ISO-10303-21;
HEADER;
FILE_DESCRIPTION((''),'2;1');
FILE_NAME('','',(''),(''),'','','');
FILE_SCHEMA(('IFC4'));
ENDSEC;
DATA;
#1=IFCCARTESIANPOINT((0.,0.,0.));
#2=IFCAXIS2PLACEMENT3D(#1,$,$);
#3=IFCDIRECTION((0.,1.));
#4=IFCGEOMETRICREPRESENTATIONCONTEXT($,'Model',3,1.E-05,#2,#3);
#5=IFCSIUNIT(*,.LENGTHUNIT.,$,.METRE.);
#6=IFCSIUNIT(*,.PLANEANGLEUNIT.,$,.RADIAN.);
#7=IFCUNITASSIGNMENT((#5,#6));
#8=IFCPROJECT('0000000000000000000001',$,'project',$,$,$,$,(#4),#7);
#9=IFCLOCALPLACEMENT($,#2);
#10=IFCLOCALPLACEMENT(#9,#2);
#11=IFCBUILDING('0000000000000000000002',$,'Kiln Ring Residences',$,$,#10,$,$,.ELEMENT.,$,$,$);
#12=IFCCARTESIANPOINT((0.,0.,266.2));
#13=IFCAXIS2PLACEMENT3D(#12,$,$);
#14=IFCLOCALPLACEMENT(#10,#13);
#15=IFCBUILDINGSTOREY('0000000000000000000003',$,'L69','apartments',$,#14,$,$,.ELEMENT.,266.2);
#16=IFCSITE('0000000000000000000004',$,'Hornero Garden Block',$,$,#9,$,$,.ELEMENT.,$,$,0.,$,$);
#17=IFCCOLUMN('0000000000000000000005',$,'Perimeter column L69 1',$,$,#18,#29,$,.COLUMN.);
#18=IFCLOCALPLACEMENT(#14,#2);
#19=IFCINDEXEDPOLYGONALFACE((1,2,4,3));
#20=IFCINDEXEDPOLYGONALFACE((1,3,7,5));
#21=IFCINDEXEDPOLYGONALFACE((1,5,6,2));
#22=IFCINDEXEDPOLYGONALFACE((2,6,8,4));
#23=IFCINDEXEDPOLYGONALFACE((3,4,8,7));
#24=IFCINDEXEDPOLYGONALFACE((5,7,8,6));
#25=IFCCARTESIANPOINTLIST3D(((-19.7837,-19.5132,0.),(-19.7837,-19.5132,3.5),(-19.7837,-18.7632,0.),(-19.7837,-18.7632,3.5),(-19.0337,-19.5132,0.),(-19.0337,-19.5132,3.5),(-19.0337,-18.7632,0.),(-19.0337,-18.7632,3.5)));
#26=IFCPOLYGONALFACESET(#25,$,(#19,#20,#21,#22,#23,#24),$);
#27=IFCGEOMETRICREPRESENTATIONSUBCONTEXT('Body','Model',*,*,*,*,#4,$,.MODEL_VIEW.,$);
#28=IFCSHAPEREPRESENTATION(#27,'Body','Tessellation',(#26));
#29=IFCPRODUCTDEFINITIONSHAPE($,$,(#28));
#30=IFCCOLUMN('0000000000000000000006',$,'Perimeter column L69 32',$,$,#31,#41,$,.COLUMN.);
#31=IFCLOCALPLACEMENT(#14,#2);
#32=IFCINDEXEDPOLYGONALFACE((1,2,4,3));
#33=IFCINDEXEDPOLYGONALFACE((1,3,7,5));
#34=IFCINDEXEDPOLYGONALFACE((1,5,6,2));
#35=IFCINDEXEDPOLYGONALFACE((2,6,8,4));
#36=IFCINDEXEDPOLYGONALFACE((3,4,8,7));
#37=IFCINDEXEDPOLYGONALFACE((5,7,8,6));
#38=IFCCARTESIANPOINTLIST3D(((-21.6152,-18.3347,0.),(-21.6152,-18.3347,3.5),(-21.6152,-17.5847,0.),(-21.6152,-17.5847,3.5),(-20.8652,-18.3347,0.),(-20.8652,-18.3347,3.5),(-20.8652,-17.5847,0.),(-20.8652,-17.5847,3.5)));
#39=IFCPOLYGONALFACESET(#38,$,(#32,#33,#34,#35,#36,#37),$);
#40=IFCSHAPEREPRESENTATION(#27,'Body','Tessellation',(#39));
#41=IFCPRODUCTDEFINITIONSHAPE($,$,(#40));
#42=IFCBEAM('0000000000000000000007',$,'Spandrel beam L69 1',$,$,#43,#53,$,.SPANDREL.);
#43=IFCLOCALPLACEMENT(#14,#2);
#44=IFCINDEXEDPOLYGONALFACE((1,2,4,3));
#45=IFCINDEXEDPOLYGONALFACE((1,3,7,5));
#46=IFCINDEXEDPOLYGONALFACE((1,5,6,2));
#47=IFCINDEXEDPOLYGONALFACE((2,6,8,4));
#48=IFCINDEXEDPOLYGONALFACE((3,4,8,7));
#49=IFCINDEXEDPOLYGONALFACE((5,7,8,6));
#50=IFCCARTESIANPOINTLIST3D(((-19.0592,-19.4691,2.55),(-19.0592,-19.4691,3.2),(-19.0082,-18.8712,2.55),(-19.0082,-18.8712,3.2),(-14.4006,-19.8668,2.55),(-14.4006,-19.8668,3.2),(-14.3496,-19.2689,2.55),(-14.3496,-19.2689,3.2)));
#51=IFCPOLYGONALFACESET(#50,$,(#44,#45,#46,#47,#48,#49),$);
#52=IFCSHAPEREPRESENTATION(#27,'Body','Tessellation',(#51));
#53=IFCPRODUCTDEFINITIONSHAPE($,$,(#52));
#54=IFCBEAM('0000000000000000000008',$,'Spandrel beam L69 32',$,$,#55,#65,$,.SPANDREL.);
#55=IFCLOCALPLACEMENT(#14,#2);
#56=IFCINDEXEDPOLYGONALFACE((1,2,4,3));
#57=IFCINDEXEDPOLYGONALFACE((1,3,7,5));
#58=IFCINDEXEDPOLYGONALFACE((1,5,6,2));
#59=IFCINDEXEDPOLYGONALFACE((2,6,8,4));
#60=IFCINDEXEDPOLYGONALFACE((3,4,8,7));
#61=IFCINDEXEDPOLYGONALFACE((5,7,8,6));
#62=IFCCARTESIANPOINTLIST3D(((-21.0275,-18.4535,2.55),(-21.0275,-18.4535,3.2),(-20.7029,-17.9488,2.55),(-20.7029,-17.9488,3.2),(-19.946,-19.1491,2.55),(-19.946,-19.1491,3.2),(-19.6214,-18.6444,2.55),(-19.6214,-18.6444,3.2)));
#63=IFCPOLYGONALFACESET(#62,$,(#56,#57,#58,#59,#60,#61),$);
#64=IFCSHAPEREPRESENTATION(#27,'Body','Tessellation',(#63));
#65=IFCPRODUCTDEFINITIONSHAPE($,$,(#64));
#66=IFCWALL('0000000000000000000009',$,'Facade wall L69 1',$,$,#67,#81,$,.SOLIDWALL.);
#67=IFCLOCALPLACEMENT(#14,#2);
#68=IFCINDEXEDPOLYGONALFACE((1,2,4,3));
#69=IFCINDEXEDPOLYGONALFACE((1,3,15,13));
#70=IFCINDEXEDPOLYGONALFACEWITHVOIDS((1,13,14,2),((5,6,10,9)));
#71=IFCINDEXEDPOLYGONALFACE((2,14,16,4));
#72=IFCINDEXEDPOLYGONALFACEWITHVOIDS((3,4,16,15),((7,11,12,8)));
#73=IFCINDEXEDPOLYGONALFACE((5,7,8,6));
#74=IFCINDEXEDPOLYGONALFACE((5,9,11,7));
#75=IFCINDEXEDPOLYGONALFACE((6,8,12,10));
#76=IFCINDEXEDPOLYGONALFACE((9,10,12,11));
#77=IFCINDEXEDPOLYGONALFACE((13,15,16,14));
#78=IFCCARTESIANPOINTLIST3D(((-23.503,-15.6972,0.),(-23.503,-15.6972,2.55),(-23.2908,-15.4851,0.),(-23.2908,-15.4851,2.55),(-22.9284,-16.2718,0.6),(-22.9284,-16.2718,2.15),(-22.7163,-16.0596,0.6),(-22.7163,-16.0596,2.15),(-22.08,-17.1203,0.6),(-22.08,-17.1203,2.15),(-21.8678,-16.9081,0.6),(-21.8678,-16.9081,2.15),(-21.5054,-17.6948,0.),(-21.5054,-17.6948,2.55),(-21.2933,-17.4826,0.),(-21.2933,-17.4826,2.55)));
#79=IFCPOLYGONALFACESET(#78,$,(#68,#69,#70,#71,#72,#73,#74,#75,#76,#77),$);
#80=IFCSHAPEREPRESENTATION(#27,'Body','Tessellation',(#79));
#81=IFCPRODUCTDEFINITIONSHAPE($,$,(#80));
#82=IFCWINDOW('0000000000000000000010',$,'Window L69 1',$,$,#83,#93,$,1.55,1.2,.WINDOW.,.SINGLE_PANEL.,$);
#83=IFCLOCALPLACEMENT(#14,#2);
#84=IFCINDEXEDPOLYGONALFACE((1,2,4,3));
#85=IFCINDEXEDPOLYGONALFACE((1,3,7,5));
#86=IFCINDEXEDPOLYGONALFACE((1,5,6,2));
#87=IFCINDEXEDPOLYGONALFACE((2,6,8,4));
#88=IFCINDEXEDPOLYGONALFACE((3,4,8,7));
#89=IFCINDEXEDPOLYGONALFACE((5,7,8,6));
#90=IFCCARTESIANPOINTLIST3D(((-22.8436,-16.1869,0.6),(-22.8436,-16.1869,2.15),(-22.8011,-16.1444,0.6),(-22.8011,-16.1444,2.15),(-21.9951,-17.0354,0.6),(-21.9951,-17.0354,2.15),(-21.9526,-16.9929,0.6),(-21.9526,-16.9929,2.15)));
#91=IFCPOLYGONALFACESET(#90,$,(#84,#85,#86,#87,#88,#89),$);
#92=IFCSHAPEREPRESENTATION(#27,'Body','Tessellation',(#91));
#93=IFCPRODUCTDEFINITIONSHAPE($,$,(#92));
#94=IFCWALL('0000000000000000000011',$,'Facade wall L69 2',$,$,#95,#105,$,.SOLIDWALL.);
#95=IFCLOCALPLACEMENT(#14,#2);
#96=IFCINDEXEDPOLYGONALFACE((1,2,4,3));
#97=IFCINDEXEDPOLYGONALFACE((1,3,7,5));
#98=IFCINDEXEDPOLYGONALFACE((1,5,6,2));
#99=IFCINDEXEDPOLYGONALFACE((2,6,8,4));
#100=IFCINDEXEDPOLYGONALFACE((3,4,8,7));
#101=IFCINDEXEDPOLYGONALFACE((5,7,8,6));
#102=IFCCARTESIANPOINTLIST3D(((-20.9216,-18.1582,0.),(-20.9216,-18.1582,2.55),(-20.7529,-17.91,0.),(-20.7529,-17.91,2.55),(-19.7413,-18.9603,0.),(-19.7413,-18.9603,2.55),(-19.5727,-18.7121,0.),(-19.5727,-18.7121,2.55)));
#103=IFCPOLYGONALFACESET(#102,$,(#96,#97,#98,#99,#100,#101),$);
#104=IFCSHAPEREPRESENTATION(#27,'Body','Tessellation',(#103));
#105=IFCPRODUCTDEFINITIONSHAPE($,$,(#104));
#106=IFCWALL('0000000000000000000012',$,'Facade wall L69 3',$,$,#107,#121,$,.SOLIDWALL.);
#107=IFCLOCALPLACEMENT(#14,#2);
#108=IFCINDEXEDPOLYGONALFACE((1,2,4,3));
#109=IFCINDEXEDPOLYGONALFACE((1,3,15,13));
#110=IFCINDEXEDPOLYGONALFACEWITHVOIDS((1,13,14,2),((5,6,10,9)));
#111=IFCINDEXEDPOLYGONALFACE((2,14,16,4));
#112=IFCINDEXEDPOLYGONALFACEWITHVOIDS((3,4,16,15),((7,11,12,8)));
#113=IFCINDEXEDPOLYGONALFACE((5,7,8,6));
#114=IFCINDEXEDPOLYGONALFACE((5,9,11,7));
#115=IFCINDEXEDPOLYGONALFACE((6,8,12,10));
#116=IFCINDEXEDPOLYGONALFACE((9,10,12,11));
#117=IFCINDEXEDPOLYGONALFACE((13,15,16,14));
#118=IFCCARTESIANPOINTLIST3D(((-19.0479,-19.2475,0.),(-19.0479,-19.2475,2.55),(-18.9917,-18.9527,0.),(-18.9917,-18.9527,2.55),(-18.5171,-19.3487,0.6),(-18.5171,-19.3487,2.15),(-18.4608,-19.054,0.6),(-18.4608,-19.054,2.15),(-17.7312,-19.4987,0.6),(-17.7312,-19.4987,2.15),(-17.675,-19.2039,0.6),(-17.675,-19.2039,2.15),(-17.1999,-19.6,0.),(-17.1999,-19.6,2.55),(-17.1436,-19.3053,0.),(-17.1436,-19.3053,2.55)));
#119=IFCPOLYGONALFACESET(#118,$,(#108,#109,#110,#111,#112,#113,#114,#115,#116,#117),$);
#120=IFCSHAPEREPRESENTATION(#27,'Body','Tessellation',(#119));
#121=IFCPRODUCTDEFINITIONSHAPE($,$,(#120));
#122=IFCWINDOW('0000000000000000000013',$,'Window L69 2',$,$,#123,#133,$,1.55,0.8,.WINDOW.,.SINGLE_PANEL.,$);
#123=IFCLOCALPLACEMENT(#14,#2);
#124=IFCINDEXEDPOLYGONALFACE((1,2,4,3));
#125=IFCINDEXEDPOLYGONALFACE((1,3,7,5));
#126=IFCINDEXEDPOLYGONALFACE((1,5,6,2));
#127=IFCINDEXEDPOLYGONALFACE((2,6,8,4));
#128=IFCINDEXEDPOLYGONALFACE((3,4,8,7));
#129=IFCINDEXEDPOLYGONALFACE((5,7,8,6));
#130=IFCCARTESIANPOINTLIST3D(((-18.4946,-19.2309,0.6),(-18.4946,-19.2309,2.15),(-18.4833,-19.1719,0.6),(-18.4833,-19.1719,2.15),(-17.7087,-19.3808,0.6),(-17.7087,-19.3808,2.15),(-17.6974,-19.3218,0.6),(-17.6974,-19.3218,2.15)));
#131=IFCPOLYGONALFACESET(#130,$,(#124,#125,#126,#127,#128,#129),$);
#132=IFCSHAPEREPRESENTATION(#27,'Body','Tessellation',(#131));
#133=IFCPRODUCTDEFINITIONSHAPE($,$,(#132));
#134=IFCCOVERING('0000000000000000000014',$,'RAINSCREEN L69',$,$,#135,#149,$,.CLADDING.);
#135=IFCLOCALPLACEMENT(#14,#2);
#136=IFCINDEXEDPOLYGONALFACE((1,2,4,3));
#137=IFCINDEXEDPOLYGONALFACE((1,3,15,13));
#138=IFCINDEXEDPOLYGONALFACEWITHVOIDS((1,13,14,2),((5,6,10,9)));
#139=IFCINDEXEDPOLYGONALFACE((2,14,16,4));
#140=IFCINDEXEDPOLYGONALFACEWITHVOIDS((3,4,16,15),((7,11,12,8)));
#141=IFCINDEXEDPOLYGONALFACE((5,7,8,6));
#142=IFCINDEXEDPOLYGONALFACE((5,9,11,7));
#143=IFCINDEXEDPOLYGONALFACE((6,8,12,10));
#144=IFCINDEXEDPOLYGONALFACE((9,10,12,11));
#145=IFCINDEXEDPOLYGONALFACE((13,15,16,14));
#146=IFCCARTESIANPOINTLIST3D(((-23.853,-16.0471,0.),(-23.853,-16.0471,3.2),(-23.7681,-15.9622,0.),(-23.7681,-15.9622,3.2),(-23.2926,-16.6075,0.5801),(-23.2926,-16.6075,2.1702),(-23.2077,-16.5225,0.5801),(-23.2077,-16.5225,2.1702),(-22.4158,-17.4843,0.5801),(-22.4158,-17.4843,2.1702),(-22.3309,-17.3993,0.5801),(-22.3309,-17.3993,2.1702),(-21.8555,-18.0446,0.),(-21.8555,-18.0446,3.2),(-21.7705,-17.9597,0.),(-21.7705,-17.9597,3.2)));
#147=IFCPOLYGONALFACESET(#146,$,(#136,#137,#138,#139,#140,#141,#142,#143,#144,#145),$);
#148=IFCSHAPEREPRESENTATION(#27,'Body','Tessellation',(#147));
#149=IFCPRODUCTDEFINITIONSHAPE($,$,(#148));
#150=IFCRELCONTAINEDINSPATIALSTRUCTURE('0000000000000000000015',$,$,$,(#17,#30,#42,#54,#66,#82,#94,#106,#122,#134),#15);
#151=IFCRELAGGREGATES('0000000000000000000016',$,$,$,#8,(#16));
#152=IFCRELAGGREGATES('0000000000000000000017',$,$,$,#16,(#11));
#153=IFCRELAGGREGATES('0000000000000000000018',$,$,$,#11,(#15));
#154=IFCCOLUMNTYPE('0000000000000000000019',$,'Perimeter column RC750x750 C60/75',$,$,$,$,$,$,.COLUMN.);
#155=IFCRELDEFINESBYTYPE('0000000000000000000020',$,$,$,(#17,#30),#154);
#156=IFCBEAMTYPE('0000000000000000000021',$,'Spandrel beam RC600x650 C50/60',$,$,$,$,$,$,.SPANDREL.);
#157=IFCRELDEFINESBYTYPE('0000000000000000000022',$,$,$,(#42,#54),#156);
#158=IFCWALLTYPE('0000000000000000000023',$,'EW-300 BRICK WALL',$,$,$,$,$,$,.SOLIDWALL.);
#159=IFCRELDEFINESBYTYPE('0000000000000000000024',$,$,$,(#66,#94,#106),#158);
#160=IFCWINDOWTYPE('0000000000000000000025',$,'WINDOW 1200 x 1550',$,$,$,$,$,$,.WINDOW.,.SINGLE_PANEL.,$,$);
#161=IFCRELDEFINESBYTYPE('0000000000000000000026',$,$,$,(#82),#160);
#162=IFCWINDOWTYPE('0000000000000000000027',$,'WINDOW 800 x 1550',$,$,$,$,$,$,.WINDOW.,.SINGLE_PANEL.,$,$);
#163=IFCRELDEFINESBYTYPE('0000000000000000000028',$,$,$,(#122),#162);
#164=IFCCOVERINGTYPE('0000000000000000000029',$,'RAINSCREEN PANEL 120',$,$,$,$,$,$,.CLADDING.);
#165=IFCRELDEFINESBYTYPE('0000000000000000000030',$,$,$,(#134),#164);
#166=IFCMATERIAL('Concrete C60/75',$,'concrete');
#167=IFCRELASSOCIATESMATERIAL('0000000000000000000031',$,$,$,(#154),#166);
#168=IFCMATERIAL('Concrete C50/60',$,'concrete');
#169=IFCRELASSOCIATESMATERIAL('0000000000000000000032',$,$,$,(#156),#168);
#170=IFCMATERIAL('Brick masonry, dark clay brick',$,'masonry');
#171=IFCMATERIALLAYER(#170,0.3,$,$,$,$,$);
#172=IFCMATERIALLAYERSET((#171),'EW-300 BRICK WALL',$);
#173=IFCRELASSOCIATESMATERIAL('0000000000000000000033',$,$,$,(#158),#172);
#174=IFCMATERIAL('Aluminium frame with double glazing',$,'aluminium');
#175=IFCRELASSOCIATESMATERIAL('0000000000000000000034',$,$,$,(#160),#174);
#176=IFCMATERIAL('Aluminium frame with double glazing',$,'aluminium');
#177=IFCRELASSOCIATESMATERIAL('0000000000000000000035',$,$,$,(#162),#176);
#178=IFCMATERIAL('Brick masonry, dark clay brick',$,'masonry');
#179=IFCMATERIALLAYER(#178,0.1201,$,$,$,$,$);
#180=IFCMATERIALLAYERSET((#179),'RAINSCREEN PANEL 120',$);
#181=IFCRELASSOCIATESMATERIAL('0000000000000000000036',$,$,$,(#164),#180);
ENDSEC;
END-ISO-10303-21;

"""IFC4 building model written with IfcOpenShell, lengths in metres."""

from ifc_helpers import new_model, si_unit, direction, frame, frame_2d, origin, origin_2d, place, context, subcontext, project, spatial, polyline, rectangle, outline, extrude, material, layer, layer_set, material_profile, profile_set, type_object, element, fill, save


model = new_model("IFC4")

# Units and contexts
model_context = context("Model", 3, precision=1e-05, world=origin(), true_north=direction((0.0, 1.0)))
body_context = subcontext(model_context, "Body", "Model", "MODEL_VIEW")
ifc_project = project(units=[si_unit("LENGTHUNIT", "METRE"), si_unit("PLANEANGLEUNIT", "RADIAN")], contexts=[model_context])

# Site, building, storey
site_placement = place(None, origin())
site = spatial("IfcSite", under=ifc_project, at=site_placement, Name="Hornero Garden Block", CompositionType="ELEMENT", RefElevation=0.0)
building_placement = place(site_placement, origin())
building = spatial("IfcBuilding", under=site, at=building_placement, Name="Kiln Ring Residences", CompositionType="ELEMENT")
storey_placement = place(building_placement, frame((0.0, 0.0, 266.2)))
storey = spatial("IfcBuildingStorey", under=building, at=storey_placement, Name="L69", Description="apartments", CompositionType="ELEMENT", Elevation=266.2)

# Columns
ifc_material_1 = material(Name="Concrete C60/75", Category="concrete")
ifc_material_profile_1 = material_profile(ifc_material_1, rectangle(XDim=0.75, YDim=0.75, at=origin_2d()), Name="RC750x750")
ifc_profile_set_1 = profile_set([ifc_material_profile_1], Name="Concrete C60/75")
column_type = type_object("IfcColumnType", Name="Perimeter column RC750x750 C60/75", PredefinedType="COLUMN", material=ifc_profile_set_1)
for number, where, z_axis, x_axis, name in (
    (1, (-19.4087, -19.1382, 0.0), (0.0, 0.0, 1.0), (1.0, 0.0, 0.0), "Perimeter column L69 1"),
    (2, (-21.2402, -17.9597, 0.0), (0.0, 0.0, 1.0), (1.0, 0.0, 0.0), "Perimeter column L69 32"),
):
    element("IfcColumn", number, at=place(storey_placement, frame(where, z_axis=z_axis, x_axis=x_axis)), inside=storey, type_object=column_type, Name=name, PredefinedType="COLUMN", context=body_context, shape_type="SweptSolid", body=[
        extrude(rectangle(XDim=0.75, YDim=0.75, at=origin_2d()), origin(), (0.0, 0.0, 1.0), 3.5),
    ])

# Beams
ifc_material_2 = material(Name="Concrete C50/60", Category="concrete")
ifc_material_profile_2 = material_profile(ifc_material_2, rectangle(XDim=0.6001, YDim=0.6499, at=origin_2d()), Name="RC600x650")
ifc_profile_set_2 = profile_set([ifc_material_profile_2], Name="Concrete C50/60")
beam_type = type_object("IfcBeamType", Name="Spandrel beam RC600x650 C50/60", PredefinedType="SPANDREL", material=ifc_profile_set_2)
beam_1_placement = place(storey_placement, frame((-19.0337, -19.1702, 2.875), z_axis=(0.996376, -0.085059, 0.0), x_axis=(0.085059, 0.996376, 0.0)))
element("IfcBeam", 3, at=beam_1_placement, inside=storey, type_object=beam_type, Name="Spandrel beam L69 1", PredefinedType="SPANDREL", context=body_context, shape_type="SweptSolid", body=[
    extrude(rectangle(XDim=0.6001, YDim=0.6499, at=origin_2d()), origin(), (0.0, 0.0, 1.0), 4.6755),
])
beam_2_placement = place(storey_placement, frame((-20.8652, -18.2012, 2.875), z_axis=(0.84108, -0.540911, 0.0), x_axis=(0.540911, 0.84108, 0.0)))
element("IfcBeam", 4, at=beam_2_placement, inside=storey, type_object=beam_type, Name="Spandrel beam L69 32", PredefinedType="SPANDREL", context=body_context, shape_type="SweptSolid", body=[
    extrude(rectangle(XDim=0.6001, YDim=0.6499, at=origin_2d()), origin(), (0.0, 0.0, 1.0), 1.2859),
])

# Wall, opening, window
ifc_material_3 = material(Name="Brick masonry, dark clay brick", Category="masonry")
ifc_layer_1 = layer(ifc_material_3, 0.3)
ifc_layer_set_1 = layer_set([ifc_layer_1], Name="EW-300 BRICK WALL")
wall_type = type_object("IfcWallType", Name="EW-300 BRICK WALL", PredefinedType="SOLIDWALL", material=ifc_layer_set_1)
wall_1_placement = place(storey_placement, frame((-23.397, -15.5911, 0.0), z_axis=(0.0, 0.0, 1.0), x_axis=(0.707107, -0.707107, 0.0)))
wall_1 = element("IfcWall", 5, at=wall_1_placement, inside=storey, type_object=wall_type, Name="Facade wall L69 1", PredefinedType="SOLIDWALL", context=body_context, shape_type="SweptSolid", body=[
    extrude(rectangle(XDim=2.825, YDim=0.3, at=frame_2d((1.4126, 0.0))), origin(), (0.0, 0.0, 1.0), 2.55),
])
opening_1_placement = place(wall_1_placement, frame((0.8125, 0.0, 0.6001)))
opening_1 = element("IfcOpeningElement", 6, at=opening_1_placement, cuts=wall_1, PredefinedType="OPENING", context=body_context, shape_type="SweptSolid", body=[
    extrude(rectangle(XDim=1.2, YDim=1.55, at=frame_2d((0.6001, 0.7749))), frame((0.0, 0.1599, 0.0), z_axis=(0.0, -1.0, 0.0), x_axis=(1.0, 0.0, 0.0)), (0.0, 0.0, 1.0), 0.3201),
])
ifc_material_4 = material(Name="Aluminium frame with double glazing", Category="aluminium")
window_type_1 = type_object("IfcWindowType", Name="WINDOW 1200 x 1550", PartitioningType="SINGLE_PANEL", PredefinedType="WINDOW", material=ifc_material_4)
window_1_placement = place(opening_1_placement, origin())
window_1 = element("IfcWindow", 7, at=window_1_placement, inside=storey, type_object=window_type_1, Name="Window L69 1", OverallHeight=1.55, OverallWidth=1.2, PartitioningType="SINGLE_PANEL", PredefinedType="WINDOW", context=body_context, shape_type="SweptSolid", body=[
    extrude(rectangle(XDim=1.2, YDim=1.55, at=frame_2d((0.6001, 0.7749))), frame((0.0, 0.03, 0.0), z_axis=(0.0, -1.0, 0.0), x_axis=(1.0, 0.0, 0.0)), (0.0, 0.0, 1.0), 0.0601),
])
fill(opening_1, window_1)

# Wall
wall_2_placement = place(storey_placement, frame((-20.8372, -18.0342, 0.0), z_axis=(0.0, 0.0, 1.0), x_axis=(0.827095, -0.562062, 0.0)))
element("IfcWall", 8, at=wall_2_placement, inside=storey, type_object=wall_type, Name="Facade wall L69 2", PredefinedType="SOLIDWALL", context=body_context, shape_type="SweptSolid", body=[
    extrude(rectangle(XDim=1.427, YDim=0.3, at=frame_2d((0.7134, 0.0))), origin(), (0.0, 0.0, 1.0), 2.55),
])

# Wall, opening, window
wall_3_placement = place(storey_placement, frame((-19.0198, -19.1001, 0.0), z_axis=(0.0, 0.0, 1.0), x_axis=(0.982284, -0.187398, 0.0)))
wall_3 = element("IfcWall", 9, at=wall_3_placement, inside=storey, type_object=wall_type, Name="Facade wall L69 3", PredefinedType="SOLIDWALL", context=body_context, shape_type="SweptSolid", body=[
    extrude(rectangle(XDim=1.8813, YDim=0.3, at=frame_2d((0.9407, 0.0))), origin(), (0.0, 0.0, 1.0), 2.55),
])
opening_2_placement = place(wall_3_placement, frame((0.5405, 0.0, 0.6001)))
opening_2 = element("IfcOpeningElement", 10, at=opening_2_placement, cuts=wall_3, PredefinedType="OPENING", context=body_context, shape_type="SweptSolid", body=[
    extrude(rectangle(XDim=0.8, YDim=1.55, at=frame_2d((0.3999, 0.7749))), frame((0.0, 0.1599, 0.0), z_axis=(0.0, -1.0, 0.0), x_axis=(1.0, 0.0, 0.0)), (0.0, 0.0, 1.0), 0.3201),
])
ifc_material_5 = material(Name="Aluminium frame with double glazing", Category="aluminium")
window_type_2 = type_object("IfcWindowType", Name="WINDOW 800 x 1550", PartitioningType="SINGLE_PANEL", PredefinedType="WINDOW", material=ifc_material_5)
window_2_placement = place(opening_2_placement, origin())
window_2 = element("IfcWindow", 11, at=window_2_placement, inside=storey, type_object=window_type_2, Name="Window L69 2", OverallHeight=1.55, OverallWidth=0.8, PartitioningType="SINGLE_PANEL", PredefinedType="WINDOW", context=body_context, shape_type="SweptSolid", body=[
    extrude(rectangle(XDim=0.8, YDim=1.55, at=frame_2d((0.3999, 0.7749))), frame((0.0, 0.03, 0.0), z_axis=(0.0, -1.0, 0.0), x_axis=(1.0, 0.0, 0.0)), (0.0, 0.0, 1.0), 0.0601),
])
fill(opening_2, window_2)

# Covering
ifc_material_6 = material(Name="Brick masonry, dark clay brick", Category="masonry")
ifc_layer_2 = layer(ifc_material_6, 0.1201)
ifc_layer_set_2 = layer_set([ifc_layer_2], Name="RAINSCREEN PANEL 120")
covering_type = type_object("IfcCoveringType", Name="RAINSCREEN PANEL 120", PredefinedType="CLADDING", material=ifc_layer_set_2)
covering_1_placement = place(storey_placement, frame((-23.8105, -16.0046, 0.0), z_axis=(0.0, 0.0, 1.0), x_axis=(0.707107, -0.707107, 0.0)))
element("IfcCovering", 12, at=covering_1_placement, inside=storey, type_object=covering_type, Name="RAINSCREEN L69", PredefinedType="CLADDING", context=body_context, shape_type="SweptSolid", body=[
    extrude(outline(polyline([(0.0, 0.0), (2.825, 0.0), (2.825, 3.2), (0.0, 3.2), (0.0, 0.0)]), holes=[polyline([(0.7925, 2.1702), (0.7925, 0.5801), (2.0325, 0.5801), (2.0325, 2.1702), (0.7925, 2.1702)])]), frame((0.0, 0.0601, 0.0), z_axis=(0.0, -1.0, 0.0), x_axis=(1.0, 0.0, 0.0)), (0.0, 0.0, 1.0), 0.1201),
])

save(model, "model.ifc")
